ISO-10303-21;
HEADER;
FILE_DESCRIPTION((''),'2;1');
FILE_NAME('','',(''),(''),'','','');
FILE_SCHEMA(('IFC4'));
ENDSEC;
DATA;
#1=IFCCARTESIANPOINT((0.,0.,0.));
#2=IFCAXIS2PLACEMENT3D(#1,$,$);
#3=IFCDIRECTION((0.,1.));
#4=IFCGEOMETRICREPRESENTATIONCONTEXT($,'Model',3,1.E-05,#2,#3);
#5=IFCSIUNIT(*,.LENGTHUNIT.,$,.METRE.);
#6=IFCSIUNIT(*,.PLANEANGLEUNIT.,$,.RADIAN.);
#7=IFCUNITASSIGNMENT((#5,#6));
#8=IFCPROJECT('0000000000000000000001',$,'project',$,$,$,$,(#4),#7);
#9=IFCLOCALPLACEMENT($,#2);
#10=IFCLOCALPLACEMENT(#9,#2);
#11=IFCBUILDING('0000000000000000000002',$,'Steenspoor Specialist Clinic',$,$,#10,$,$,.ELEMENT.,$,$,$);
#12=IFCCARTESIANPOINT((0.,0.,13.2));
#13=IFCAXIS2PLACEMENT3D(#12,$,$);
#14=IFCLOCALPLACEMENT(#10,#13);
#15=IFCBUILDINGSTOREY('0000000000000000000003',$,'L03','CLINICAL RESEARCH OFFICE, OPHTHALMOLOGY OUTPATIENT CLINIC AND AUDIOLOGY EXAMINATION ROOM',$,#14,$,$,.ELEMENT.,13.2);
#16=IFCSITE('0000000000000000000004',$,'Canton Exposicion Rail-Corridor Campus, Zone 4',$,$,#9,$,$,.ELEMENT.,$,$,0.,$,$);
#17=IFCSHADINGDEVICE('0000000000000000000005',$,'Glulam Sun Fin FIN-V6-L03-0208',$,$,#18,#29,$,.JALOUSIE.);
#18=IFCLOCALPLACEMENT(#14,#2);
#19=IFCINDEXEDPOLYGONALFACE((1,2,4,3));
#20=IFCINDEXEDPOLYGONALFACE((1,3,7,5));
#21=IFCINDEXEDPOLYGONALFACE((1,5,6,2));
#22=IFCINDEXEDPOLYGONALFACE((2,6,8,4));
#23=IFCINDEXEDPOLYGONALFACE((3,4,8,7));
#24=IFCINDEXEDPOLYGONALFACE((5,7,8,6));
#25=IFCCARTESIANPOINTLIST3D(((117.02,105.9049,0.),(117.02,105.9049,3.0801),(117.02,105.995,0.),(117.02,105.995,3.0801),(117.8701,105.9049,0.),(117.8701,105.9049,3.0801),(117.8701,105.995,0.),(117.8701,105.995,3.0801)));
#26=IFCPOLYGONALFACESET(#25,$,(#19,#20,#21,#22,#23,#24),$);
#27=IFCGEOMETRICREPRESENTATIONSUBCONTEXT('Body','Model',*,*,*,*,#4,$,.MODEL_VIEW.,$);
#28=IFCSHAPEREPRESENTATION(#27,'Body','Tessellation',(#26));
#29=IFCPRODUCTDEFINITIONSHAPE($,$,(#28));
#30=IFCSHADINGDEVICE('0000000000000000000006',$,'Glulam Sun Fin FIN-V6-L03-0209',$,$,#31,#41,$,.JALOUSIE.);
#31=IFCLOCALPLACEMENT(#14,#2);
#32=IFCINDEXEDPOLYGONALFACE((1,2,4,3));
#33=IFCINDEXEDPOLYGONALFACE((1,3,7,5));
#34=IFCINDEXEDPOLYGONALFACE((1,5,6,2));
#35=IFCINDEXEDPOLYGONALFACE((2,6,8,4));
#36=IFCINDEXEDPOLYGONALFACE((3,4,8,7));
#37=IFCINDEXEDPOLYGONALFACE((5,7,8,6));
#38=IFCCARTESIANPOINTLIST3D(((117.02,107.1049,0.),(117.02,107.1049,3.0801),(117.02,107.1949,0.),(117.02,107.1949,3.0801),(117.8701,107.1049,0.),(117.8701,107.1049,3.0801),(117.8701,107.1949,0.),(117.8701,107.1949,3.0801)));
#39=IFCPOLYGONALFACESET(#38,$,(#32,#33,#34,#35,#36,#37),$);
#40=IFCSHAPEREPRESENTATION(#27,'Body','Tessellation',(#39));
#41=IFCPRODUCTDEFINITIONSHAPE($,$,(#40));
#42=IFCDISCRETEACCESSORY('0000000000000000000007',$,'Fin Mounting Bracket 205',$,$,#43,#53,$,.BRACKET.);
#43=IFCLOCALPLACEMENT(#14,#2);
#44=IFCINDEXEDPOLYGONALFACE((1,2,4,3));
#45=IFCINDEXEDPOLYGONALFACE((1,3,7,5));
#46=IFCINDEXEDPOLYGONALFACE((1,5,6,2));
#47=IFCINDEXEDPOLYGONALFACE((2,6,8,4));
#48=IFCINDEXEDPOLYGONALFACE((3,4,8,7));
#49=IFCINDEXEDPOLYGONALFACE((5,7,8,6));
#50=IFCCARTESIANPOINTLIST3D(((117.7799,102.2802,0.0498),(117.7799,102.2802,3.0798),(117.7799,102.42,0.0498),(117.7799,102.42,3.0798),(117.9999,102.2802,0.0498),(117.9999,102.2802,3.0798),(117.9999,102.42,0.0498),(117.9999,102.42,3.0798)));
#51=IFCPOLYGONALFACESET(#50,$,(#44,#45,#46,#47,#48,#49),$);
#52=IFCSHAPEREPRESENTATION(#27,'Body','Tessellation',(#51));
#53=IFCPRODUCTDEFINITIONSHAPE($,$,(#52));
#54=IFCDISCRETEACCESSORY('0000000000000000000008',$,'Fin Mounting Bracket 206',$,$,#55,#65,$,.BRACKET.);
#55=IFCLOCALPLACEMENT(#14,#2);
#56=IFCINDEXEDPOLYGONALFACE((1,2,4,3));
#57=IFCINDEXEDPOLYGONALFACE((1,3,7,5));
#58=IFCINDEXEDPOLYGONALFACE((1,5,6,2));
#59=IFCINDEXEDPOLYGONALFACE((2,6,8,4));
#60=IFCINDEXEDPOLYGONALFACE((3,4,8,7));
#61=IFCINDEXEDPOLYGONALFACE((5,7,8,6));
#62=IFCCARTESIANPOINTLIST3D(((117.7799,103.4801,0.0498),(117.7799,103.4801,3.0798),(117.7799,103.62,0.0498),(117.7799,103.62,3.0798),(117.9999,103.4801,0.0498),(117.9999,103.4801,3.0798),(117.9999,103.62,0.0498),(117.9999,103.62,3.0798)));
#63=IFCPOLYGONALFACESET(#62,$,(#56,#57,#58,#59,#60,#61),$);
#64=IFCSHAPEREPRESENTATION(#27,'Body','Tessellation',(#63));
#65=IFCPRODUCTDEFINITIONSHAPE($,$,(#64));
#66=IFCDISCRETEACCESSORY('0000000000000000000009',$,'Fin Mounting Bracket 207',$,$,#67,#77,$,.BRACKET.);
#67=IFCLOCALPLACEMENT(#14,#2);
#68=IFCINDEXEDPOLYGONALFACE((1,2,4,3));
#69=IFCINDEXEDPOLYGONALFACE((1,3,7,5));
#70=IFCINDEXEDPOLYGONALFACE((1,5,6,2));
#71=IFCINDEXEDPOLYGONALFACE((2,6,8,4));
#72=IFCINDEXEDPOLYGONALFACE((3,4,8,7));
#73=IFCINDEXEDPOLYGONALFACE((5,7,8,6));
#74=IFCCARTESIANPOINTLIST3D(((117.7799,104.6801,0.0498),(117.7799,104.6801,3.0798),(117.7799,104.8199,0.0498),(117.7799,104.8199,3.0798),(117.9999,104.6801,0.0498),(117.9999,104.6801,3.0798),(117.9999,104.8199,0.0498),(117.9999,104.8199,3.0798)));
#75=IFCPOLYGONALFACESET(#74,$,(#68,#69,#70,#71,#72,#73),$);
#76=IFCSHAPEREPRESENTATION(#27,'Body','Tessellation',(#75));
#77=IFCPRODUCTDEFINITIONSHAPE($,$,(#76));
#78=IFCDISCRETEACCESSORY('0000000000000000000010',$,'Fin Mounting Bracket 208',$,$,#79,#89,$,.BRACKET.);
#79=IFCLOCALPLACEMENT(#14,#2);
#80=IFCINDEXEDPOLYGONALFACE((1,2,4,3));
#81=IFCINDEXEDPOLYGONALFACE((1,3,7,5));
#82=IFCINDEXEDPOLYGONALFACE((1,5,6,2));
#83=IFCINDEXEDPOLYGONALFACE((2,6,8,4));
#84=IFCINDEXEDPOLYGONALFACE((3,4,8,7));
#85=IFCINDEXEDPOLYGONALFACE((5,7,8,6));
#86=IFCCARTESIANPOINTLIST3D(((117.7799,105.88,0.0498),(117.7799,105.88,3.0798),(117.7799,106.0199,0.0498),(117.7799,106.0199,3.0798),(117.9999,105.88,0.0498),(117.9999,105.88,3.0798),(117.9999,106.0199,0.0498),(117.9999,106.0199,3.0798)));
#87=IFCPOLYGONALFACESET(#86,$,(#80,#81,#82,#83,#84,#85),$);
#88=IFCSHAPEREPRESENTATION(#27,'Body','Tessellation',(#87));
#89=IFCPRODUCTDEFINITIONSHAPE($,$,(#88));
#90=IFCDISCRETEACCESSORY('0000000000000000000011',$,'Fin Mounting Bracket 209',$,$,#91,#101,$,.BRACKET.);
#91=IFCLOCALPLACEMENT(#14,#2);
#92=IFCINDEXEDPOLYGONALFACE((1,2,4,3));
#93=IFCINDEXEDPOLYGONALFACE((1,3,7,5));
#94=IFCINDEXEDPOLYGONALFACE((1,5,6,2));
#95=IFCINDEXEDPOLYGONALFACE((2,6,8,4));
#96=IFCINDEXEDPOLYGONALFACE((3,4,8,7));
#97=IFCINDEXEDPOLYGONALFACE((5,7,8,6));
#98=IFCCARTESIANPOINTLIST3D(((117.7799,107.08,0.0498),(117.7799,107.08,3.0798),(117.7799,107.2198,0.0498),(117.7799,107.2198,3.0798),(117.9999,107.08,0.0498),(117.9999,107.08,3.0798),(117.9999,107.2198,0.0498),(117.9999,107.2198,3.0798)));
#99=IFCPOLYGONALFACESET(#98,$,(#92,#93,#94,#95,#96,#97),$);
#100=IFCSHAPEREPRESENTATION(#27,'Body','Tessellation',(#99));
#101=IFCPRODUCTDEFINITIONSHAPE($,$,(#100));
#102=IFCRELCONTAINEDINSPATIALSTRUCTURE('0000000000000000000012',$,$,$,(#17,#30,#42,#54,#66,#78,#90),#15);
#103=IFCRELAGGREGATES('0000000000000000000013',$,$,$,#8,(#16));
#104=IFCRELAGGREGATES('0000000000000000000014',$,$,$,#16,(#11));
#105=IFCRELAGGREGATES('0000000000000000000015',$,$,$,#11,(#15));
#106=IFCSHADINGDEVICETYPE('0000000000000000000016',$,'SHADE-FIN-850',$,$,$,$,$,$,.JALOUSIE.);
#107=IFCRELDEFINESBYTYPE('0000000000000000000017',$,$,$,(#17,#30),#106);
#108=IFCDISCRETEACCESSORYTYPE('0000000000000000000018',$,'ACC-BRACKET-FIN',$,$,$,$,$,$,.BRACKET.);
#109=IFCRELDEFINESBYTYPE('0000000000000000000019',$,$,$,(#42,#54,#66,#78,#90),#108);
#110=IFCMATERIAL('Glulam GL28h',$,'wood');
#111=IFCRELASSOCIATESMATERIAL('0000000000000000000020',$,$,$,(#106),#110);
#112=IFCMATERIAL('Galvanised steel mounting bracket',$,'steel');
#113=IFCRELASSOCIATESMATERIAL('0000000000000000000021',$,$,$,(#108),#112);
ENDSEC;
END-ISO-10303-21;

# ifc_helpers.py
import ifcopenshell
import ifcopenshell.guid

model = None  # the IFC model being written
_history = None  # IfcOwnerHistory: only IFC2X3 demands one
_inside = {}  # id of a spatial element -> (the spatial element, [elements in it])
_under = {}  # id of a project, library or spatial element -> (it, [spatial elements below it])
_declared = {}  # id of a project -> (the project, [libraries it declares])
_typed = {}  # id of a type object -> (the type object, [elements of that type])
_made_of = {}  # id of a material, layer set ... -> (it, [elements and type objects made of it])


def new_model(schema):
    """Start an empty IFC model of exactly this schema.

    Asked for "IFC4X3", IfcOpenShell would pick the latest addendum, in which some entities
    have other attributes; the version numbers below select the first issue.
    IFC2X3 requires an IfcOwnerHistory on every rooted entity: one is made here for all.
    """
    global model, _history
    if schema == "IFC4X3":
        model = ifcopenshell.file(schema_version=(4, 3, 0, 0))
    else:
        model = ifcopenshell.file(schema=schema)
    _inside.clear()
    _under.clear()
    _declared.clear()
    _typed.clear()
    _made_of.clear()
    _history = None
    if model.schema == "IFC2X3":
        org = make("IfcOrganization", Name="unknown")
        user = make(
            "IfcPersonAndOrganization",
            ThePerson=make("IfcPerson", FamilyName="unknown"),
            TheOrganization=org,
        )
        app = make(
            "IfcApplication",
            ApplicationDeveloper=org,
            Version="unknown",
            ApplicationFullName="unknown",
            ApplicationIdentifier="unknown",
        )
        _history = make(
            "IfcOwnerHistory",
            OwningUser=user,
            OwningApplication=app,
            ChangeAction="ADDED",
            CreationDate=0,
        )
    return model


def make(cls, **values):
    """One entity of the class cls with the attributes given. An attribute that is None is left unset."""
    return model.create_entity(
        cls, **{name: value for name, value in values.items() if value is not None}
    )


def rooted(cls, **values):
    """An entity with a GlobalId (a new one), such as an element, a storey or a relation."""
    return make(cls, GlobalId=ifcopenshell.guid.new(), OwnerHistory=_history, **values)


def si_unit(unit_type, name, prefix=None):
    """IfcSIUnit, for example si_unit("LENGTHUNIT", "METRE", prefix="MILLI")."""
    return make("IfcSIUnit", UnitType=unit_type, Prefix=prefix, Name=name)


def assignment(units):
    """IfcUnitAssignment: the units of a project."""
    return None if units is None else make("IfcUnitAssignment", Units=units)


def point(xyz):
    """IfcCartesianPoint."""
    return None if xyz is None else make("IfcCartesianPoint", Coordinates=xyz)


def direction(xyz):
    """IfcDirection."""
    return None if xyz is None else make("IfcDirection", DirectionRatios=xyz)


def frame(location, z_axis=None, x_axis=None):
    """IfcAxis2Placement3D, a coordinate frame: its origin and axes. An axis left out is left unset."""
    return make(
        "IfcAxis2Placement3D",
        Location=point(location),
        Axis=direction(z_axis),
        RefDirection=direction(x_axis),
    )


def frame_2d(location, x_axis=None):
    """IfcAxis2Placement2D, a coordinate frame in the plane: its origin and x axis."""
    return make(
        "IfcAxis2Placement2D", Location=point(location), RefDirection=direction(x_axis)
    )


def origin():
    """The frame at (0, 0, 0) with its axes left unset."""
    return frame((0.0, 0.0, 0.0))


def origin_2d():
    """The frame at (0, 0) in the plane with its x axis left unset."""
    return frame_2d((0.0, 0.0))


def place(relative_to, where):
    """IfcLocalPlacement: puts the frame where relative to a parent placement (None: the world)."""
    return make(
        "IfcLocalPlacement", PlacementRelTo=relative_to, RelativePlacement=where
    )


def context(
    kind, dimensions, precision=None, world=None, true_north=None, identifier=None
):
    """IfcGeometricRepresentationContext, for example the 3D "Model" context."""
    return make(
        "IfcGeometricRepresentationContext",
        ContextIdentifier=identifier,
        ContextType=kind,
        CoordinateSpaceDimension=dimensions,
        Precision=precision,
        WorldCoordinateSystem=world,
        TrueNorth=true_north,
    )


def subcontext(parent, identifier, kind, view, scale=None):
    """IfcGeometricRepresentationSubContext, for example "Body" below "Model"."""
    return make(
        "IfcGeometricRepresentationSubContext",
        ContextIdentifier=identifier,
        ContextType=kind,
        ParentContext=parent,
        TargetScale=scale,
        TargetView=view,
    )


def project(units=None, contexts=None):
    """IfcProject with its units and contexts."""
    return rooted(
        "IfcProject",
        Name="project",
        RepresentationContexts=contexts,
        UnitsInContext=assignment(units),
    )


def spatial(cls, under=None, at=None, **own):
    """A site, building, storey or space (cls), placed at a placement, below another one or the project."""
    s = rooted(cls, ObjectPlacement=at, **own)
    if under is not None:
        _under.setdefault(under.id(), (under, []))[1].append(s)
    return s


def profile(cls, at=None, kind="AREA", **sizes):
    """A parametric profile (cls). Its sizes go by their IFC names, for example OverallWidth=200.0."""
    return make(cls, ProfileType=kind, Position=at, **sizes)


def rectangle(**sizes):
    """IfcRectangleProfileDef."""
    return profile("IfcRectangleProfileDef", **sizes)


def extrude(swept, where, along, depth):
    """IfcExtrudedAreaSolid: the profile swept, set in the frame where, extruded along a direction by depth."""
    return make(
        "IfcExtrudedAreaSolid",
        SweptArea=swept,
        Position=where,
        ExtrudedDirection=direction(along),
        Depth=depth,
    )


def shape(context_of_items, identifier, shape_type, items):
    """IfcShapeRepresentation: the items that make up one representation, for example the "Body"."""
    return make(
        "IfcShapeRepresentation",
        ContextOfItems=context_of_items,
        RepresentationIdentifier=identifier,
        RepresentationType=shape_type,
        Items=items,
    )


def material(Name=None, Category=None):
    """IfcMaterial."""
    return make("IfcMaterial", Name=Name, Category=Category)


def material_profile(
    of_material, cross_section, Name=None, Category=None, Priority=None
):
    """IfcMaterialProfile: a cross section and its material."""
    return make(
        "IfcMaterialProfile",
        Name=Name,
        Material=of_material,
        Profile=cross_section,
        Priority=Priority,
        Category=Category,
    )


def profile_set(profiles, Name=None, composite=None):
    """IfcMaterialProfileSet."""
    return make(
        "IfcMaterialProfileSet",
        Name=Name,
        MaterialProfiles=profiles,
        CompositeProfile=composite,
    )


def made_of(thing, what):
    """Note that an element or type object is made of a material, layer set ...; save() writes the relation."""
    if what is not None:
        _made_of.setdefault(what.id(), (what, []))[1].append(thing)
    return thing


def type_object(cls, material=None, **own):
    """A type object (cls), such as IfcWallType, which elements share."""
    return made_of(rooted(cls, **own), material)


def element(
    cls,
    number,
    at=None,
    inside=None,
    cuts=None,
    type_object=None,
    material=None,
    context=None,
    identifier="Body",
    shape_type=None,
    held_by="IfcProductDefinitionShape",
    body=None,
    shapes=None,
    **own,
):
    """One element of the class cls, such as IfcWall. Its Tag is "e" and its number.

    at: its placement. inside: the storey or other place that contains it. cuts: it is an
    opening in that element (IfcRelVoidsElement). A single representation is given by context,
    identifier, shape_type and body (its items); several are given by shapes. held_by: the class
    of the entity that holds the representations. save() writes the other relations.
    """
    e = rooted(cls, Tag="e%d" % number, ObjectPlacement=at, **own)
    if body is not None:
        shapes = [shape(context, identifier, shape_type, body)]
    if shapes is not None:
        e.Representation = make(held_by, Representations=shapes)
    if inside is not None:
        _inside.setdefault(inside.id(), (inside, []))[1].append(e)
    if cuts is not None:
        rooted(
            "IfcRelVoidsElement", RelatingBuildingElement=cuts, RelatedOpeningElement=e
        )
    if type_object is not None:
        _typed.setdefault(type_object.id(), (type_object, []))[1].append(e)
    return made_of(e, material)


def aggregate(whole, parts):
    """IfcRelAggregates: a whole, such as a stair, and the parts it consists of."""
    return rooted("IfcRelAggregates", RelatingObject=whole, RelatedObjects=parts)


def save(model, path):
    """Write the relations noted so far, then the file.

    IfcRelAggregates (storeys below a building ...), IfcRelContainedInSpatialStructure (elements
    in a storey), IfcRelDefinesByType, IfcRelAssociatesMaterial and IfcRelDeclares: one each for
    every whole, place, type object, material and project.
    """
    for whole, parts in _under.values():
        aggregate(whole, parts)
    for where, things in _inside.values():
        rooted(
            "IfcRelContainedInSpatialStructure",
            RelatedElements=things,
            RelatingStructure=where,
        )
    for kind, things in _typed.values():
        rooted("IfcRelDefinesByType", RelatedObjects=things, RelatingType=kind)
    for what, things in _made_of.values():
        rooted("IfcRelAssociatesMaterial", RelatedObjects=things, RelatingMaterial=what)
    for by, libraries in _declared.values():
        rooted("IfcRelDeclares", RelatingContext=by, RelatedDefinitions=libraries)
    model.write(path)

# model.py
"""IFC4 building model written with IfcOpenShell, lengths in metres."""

from ifc_helpers import new_model, si_unit, direction, frame, origin, origin_2d, place, context, subcontext, project, spatial, rectangle, extrude, material, material_profile, profile_set, type_object, element, save


model = new_model("IFC4")

# Units and contexts
model_context = context("Model", 3, precision=1e-05, world=origin(), true_north=direction((0.0, 1.0)))
body_context = subcontext(model_context, "Body", "Model", "MODEL_VIEW")
ifc_project = project(units=[si_unit("LENGTHUNIT", "METRE"), si_unit("PLANEANGLEUNIT", "RADIAN")], contexts=[model_context])

# Site, building, storey
site_placement = place(None, origin())
site = spatial("IfcSite", under=ifc_project, at=site_placement, Name="Canton Exposicion Rail-Corridor Campus, Zone 4", CompositionType="ELEMENT", RefElevation=0.0)
building_placement = place(site_placement, origin())
building = spatial("IfcBuilding", under=site, at=building_placement, Name="Steenspoor Specialist Clinic", CompositionType="ELEMENT")
storey_placement = place(building_placement, frame((0.0, 0.0, 13.2)))
storey = spatial("IfcBuildingStorey", under=building, at=storey_placement, Name="L03", Description="CLINICAL RESEARCH OFFICE, OPHTHALMOLOGY OUTPATIENT CLINIC AND AUDIOLOGY EXAMINATION ROOM", CompositionType="ELEMENT", Elevation=13.2)

# Shading devices
ifc_material_1 = material(Name="Glulam GL28h", Category="wood")
ifc_material_profile_1 = material_profile(ifc_material_1, rectangle(XDim=0.0901, YDim=0.8501, at=origin_2d()), Name="GL28H-90X850")
ifc_profile_set_1 = profile_set([ifc_material_profile_1], Name="Glulam GL28h")
shading_device_type = type_object("IfcShadingDeviceType", Name="SHADE-FIN-850", PredefinedType="JALOUSIE", material=ifc_profile_set_1)
for number, where, z_axis, x_axis, name in (
    (1, (117.4451, 105.95, 0.0), (0.0, 0.0, 1.0), (0.0, 1.0, 0.0), "Glulam Sun Fin FIN-V6-L03-0208"),
    (2, (117.4451, 107.1499, 0.0), (0.0, 0.0, 1.0), (0.0, 1.0, 0.0), "Glulam Sun Fin FIN-V6-L03-0209"),
):
    element("IfcShadingDevice", number, at=place(storey_placement, frame(where, z_axis=z_axis, x_axis=x_axis)), inside=storey, type_object=shading_device_type, Name=name, PredefinedType="JALOUSIE", context=body_context, shape_type="SweptSolid", body=[
        extrude(rectangle(XDim=0.0901, YDim=0.8501, at=origin_2d()), origin(), (0.0, 0.0, 1.0), 3.0801),
    ])

# Discrete accessories
ifc_material_2 = material(Name="Galvanised steel mounting bracket", Category="steel")
discrete_accessory_type = type_object("IfcDiscreteAccessoryType", Name="ACC-BRACKET-FIN", PredefinedType="BRACKET", material=ifc_material_2)
for number, where, z_axis, x_axis, name in (
    (3, (117.8899, 102.3501, 0.0498), (0.0, 0.0, 1.0), (-1.0, 0.0, 0.0), "Fin Mounting Bracket 205"),
    (4, (117.8899, 103.55, 0.0498), (0.0, 0.0, 1.0), (-1.0, 0.0, 0.0), "Fin Mounting Bracket 206"),
    (5, (117.8899, 104.75, 0.0498), (0.0, 0.0, 1.0), (-1.0, 0.0, 0.0), "Fin Mounting Bracket 207"),
    (6, (117.8899, 105.95, 0.0498), (0.0, 0.0, 1.0), (-1.0, 0.0, 0.0), "Fin Mounting Bracket 208"),
    (7, (117.8899, 107.1499, 0.0498), (0.0, 0.0, 1.0), (-1.0, 0.0, 0.0), "Fin Mounting Bracket 209"),
):
    element("IfcDiscreteAccessory", number, at=place(storey_placement, frame(where, z_axis=z_axis, x_axis=x_axis)), inside=storey, type_object=discrete_accessory_type, Name=name, PredefinedType="BRACKET", context=body_context, shape_type="SweptSolid", body=[
        extrude(rectangle(XDim=0.22, YDim=0.1399, at=origin_2d()), origin(), (0.0, 0.0, 1.0), 3.03),
    ])

save(model, "model.ifc")
